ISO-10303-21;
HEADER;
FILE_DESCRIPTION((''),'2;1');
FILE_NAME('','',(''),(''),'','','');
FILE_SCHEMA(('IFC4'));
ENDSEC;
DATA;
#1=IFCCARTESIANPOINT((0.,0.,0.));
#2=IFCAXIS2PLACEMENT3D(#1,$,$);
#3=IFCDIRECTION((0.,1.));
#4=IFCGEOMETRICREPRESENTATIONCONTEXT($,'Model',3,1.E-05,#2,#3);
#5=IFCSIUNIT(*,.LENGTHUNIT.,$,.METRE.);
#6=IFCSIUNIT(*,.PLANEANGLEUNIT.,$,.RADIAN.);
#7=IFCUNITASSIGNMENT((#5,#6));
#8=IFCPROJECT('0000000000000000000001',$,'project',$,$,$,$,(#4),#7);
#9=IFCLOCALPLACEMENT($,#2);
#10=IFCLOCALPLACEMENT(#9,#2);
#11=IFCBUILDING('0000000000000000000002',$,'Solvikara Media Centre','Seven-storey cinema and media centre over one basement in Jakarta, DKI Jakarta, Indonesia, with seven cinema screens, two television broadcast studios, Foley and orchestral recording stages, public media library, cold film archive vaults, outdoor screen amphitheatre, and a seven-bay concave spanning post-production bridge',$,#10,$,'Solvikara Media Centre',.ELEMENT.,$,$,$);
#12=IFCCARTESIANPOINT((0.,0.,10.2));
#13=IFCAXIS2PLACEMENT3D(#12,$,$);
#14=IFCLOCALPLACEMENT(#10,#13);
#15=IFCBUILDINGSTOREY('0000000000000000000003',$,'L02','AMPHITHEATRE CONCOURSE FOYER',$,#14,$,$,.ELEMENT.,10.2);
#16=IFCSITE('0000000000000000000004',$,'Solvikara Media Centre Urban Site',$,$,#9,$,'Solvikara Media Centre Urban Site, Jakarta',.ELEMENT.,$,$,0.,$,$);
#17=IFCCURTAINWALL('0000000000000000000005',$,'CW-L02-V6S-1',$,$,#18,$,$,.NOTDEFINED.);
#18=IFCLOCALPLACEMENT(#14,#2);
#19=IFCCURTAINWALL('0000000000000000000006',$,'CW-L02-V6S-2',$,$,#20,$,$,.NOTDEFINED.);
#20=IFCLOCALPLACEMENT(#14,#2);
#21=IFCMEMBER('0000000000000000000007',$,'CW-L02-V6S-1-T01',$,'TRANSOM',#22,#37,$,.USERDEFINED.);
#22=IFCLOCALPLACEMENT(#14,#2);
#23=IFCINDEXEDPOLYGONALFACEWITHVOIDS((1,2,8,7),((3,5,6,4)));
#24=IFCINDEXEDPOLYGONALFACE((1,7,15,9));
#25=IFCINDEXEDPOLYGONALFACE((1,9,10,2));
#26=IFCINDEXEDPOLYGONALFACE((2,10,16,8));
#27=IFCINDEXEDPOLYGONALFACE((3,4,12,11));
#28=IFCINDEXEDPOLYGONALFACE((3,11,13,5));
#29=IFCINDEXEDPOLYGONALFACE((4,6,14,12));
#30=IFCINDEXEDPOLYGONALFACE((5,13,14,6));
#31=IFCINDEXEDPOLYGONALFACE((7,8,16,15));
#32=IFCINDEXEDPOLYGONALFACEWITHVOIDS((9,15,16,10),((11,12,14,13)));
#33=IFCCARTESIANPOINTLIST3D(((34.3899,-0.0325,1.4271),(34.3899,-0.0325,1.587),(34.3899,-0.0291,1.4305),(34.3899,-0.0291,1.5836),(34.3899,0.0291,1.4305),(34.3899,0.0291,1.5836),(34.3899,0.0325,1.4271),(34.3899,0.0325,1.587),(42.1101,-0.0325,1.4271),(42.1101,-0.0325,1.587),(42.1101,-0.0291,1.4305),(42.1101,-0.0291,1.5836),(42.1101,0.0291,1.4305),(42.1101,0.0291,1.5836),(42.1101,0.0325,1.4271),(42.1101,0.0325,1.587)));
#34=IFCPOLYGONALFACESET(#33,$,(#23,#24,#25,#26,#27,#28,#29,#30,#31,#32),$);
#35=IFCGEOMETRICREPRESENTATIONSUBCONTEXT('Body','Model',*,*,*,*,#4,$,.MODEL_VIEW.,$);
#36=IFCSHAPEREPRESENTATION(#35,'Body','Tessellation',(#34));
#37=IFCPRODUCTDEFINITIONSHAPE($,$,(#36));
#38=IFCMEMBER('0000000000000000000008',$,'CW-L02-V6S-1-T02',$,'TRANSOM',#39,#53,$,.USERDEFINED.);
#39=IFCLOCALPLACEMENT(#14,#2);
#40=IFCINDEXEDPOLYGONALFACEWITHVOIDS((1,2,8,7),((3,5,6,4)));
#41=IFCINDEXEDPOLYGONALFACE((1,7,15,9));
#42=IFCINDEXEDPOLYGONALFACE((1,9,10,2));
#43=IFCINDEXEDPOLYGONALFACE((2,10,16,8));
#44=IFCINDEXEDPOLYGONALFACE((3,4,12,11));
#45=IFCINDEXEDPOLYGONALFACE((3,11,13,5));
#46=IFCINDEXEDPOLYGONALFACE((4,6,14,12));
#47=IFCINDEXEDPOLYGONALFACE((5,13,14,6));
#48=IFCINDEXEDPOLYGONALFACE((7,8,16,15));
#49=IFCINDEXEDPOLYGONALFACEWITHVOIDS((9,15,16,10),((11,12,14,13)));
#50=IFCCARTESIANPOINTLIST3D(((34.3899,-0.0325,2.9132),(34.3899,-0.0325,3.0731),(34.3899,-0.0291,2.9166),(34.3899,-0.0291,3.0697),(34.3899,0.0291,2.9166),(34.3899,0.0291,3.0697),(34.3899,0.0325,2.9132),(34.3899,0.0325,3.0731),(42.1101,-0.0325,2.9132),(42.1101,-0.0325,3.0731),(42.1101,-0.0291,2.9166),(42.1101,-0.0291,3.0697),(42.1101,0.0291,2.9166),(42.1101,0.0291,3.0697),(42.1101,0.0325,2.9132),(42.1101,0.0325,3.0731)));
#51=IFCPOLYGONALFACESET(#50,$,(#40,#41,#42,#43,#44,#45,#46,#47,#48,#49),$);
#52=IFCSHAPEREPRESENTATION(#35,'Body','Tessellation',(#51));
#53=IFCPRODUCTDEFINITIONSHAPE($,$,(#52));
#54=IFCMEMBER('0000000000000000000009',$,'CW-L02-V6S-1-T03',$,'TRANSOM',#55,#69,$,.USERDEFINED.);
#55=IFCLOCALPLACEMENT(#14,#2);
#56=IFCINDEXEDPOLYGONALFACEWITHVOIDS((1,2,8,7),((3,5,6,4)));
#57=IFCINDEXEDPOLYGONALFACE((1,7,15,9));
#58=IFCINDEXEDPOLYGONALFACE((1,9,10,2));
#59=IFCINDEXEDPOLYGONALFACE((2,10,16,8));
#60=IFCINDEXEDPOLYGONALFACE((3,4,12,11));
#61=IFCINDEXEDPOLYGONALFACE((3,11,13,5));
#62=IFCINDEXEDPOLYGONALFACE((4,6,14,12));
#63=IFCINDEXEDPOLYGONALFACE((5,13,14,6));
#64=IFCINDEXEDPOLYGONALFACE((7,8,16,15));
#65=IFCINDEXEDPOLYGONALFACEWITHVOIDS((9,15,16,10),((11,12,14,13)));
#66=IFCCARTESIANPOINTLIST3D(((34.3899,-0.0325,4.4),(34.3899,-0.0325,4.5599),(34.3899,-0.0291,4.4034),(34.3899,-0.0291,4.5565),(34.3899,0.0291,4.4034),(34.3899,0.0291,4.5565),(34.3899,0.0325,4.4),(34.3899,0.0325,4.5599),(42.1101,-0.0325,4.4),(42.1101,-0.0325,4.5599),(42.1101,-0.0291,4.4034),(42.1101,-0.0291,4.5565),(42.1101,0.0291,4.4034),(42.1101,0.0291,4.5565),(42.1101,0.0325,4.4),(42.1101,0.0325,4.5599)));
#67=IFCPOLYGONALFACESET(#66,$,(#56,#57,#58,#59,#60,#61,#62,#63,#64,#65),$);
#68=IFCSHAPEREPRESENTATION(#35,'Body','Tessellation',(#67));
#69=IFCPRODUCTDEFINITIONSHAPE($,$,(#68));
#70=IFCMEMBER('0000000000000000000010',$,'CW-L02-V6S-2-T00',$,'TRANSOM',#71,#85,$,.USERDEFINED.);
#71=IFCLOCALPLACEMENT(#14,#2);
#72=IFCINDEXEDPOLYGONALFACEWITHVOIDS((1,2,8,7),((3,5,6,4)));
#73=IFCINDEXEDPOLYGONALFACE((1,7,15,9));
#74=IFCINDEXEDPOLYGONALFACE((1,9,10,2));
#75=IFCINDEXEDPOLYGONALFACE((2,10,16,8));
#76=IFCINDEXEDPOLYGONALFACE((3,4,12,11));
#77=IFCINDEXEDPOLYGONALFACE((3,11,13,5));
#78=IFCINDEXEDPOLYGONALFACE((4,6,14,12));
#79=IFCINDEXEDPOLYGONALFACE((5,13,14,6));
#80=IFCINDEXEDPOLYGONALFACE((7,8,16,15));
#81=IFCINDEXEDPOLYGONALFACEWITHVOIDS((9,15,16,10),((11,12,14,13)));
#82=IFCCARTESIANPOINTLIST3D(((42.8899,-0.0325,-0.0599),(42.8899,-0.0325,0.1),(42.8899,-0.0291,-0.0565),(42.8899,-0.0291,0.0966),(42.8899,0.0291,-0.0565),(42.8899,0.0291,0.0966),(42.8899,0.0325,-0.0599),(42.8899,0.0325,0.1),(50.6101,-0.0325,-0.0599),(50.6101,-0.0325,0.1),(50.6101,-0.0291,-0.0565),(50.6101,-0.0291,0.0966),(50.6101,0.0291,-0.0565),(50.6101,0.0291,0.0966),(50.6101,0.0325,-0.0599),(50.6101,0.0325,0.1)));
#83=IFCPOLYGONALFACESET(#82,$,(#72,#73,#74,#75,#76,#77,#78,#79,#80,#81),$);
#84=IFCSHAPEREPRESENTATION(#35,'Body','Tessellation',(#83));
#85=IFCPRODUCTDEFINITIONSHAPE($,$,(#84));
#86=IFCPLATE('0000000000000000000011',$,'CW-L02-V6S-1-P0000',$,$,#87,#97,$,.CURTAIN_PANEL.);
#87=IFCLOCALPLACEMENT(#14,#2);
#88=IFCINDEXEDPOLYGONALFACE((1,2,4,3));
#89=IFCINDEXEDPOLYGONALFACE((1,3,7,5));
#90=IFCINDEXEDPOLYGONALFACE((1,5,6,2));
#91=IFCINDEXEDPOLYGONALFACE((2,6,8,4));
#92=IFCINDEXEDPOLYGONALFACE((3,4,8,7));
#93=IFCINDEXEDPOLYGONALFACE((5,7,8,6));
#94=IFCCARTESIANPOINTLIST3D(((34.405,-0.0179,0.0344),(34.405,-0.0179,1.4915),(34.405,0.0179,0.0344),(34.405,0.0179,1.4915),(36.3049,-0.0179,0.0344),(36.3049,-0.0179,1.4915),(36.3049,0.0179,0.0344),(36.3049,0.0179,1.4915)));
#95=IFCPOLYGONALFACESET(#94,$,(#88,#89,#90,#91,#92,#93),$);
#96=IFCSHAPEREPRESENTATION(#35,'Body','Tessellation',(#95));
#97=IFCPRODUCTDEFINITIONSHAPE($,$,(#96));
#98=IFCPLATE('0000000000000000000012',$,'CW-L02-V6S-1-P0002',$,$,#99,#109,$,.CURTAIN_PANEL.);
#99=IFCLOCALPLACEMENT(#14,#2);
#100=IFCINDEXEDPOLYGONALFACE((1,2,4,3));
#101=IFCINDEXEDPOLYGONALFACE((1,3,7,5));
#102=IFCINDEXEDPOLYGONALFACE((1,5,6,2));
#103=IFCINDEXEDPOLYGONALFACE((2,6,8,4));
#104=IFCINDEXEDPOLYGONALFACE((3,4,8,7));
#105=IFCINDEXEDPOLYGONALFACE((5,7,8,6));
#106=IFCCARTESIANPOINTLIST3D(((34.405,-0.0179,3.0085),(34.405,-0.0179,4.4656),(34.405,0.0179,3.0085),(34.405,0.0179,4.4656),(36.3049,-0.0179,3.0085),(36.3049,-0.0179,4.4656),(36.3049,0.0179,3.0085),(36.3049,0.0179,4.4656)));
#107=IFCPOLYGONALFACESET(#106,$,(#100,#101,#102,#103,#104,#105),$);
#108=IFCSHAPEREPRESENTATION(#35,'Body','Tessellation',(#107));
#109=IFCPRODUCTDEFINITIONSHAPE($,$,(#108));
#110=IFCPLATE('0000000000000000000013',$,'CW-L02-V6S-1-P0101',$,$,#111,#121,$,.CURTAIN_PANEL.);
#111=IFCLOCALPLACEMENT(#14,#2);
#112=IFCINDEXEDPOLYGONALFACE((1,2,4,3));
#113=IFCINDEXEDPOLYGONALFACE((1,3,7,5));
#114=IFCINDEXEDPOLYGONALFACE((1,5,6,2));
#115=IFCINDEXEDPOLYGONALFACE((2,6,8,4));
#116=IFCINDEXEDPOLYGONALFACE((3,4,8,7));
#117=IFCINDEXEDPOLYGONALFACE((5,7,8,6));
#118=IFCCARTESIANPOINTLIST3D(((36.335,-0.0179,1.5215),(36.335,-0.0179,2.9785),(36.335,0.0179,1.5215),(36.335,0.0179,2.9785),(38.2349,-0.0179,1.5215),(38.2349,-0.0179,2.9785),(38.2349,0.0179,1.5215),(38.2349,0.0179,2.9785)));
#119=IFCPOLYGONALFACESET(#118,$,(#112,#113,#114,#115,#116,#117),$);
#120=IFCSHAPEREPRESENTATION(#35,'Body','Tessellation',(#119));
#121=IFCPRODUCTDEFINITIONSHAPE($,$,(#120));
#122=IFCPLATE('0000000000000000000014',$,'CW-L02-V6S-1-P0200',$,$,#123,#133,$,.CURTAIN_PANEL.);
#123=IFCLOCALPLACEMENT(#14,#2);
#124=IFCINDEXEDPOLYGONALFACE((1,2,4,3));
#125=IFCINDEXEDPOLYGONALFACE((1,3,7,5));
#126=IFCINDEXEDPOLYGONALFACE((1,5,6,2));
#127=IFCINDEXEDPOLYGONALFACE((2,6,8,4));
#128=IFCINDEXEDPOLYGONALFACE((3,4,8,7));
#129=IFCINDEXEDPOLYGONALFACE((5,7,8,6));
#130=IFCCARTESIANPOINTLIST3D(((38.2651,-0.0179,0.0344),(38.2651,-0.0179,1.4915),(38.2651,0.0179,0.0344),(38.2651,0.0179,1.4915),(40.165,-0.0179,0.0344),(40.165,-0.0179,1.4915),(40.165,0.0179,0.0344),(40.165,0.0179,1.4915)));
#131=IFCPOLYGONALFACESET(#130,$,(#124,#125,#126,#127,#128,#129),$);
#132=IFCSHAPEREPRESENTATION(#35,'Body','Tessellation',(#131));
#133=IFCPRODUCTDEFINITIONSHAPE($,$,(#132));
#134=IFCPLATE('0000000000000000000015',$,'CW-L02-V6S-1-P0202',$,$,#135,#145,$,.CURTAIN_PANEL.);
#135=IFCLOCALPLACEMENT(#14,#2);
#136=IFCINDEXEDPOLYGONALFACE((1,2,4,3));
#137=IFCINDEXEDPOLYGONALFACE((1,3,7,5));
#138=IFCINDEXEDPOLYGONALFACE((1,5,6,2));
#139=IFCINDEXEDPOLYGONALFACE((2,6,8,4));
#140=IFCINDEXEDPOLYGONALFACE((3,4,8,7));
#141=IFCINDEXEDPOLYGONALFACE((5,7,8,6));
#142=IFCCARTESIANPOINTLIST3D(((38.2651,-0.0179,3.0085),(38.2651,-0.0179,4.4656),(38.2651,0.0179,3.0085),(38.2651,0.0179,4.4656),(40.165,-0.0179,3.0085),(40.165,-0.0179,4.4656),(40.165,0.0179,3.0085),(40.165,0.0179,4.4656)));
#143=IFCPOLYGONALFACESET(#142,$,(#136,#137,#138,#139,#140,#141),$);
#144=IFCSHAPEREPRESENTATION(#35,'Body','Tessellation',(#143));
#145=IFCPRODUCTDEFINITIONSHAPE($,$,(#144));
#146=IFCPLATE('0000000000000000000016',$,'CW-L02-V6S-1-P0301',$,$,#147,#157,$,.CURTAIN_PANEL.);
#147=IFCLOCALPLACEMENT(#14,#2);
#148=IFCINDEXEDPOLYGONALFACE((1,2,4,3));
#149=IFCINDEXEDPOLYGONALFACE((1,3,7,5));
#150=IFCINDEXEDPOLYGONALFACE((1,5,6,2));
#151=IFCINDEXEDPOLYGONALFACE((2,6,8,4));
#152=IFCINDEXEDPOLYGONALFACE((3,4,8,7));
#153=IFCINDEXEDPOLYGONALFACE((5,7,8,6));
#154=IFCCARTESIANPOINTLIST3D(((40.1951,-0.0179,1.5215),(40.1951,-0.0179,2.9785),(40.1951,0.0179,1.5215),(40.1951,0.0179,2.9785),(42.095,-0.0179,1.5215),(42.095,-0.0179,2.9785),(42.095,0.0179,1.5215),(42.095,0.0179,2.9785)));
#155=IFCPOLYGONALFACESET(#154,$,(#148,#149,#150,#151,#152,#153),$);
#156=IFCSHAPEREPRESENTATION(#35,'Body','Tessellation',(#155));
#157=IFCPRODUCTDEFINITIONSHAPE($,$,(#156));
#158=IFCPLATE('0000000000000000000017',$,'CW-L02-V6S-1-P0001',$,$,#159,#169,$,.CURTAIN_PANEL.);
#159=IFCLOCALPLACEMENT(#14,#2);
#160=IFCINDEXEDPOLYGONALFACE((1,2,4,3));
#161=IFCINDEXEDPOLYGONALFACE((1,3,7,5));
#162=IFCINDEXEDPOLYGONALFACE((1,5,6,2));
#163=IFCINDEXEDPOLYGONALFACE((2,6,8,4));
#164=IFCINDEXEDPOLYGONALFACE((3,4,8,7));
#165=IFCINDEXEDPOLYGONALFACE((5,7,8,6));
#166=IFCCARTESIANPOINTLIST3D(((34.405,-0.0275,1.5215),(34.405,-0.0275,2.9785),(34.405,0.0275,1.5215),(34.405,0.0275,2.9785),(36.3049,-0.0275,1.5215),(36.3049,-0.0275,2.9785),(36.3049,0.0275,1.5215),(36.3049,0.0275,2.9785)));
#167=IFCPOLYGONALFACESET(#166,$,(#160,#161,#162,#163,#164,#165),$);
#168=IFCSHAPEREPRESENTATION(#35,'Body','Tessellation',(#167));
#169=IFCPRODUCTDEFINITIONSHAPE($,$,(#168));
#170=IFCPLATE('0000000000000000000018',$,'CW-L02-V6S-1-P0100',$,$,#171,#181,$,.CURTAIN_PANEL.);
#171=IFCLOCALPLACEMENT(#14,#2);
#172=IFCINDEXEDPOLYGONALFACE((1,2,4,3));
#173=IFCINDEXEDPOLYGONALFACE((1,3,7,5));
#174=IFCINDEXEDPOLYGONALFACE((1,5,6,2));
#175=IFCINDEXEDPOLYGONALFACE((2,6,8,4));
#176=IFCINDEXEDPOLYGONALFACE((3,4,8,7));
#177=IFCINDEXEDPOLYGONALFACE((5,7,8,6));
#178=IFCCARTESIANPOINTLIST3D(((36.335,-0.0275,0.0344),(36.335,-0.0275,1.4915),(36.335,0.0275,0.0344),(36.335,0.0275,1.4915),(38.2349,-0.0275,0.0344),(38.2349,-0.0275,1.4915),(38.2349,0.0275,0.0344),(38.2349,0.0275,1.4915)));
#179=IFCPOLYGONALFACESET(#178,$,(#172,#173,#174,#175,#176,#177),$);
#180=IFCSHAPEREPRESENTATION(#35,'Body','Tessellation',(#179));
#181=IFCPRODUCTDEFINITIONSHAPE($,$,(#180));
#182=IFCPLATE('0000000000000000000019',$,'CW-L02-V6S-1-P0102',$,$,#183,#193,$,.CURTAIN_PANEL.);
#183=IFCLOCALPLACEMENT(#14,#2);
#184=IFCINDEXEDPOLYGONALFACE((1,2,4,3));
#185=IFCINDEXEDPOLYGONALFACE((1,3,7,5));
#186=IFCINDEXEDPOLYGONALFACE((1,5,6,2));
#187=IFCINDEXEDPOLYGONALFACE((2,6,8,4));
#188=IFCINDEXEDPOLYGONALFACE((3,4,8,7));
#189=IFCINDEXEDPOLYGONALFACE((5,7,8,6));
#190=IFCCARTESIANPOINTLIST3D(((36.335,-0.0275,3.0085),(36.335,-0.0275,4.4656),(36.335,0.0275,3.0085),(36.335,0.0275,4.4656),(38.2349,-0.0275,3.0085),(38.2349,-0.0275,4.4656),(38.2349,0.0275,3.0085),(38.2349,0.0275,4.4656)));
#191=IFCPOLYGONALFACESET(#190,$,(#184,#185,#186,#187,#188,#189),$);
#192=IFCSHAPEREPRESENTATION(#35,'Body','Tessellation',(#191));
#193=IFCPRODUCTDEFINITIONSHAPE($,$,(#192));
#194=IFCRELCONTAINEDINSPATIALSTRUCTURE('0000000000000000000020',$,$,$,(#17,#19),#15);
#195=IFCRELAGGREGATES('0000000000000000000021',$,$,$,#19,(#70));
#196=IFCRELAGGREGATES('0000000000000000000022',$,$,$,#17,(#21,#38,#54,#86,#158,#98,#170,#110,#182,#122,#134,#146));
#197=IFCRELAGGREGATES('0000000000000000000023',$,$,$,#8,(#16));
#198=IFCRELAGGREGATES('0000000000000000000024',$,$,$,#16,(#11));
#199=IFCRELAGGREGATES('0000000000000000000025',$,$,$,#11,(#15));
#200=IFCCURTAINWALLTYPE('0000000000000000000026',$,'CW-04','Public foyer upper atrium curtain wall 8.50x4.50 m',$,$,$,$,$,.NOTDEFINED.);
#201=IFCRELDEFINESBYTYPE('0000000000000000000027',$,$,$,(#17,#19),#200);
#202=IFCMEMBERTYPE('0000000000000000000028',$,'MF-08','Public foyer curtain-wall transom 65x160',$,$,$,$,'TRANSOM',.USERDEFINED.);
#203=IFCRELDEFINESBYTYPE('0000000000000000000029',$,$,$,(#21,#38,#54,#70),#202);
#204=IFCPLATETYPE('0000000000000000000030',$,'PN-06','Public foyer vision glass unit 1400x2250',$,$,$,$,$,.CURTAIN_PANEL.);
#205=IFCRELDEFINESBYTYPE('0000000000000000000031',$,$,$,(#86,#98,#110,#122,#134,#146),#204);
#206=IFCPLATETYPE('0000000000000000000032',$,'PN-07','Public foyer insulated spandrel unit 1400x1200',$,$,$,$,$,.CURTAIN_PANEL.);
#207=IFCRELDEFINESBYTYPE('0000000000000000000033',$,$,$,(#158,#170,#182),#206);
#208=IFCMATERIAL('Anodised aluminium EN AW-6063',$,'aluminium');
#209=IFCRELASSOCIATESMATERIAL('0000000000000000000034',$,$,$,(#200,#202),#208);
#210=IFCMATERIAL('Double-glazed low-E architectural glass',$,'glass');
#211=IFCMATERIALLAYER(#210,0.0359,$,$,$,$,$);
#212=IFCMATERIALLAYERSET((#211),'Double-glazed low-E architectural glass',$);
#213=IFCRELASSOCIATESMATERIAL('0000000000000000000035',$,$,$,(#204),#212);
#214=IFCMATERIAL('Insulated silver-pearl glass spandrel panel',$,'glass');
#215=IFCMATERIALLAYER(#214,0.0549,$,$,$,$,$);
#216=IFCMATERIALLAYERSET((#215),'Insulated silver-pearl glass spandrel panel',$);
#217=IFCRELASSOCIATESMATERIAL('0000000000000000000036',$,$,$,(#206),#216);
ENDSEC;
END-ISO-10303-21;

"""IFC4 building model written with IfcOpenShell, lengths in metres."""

from ifc_helpers import new_model, si_unit, direction, frame, origin, origin_2d, place, context, subcontext, project, spatial, rectangle, hollow_rectangle, extrude, material, layer, layer_set, material_profile, profile_set, type_object, element, aggregate, save


model = new_model("IFC4")

# Units and contexts
model_context = context("Model", 3, precision=1e-05, world=origin(), true_north=direction((0.0, 1.0)))
body_context = subcontext(model_context, "Body", "Model", "MODEL_VIEW")
ifc_project = project(units=[si_unit("LENGTHUNIT", "METRE"), si_unit("PLANEANGLEUNIT", "RADIAN")], contexts=[model_context])

# Site, building, storey
site_placement = place(None, origin())
site = spatial("IfcSite", under=ifc_project, at=site_placement, Name="Solvikara Media Centre Urban Site", LongName="Solvikara Media Centre Urban Site, Jakarta", CompositionType="ELEMENT", RefElevation=0.0)
building_placement = place(site_placement, origin())
building = spatial("IfcBuilding", under=site, at=building_placement, Name="Solvikara Media Centre", Description="Seven-storey cinema and media centre over one basement in Jakarta, DKI Jakarta, Indonesia, with seven cinema screens, two television broadcast studios, Foley and orchestral recording stages, public media library, cold film archive vaults, outdoor screen amphitheatre, and a seven-bay concave spanning post-production bridge", LongName="Solvikara Media Centre", CompositionType="ELEMENT")
storey_placement = place(building_placement, frame((0.0, 0.0, 10.2)))
storey = spatial("IfcBuildingStorey", under=building, at=storey_placement, Name="L02", Description="AMPHITHEATRE CONCOURSE FOYER", CompositionType="ELEMENT", Elevation=10.2)

# Curtain wall
ifc_material_1 = material(Name="Anodised aluminium EN AW-6063", Category="aluminium")
curtain_wall_type = type_object("IfcCurtainWallType", Name="CW-04", Description="Public foyer upper atrium curtain wall 8.50x4.50 m", PredefinedType="NOTDEFINED", material=ifc_material_1)
curtain_wall_1_placement = place(storey_placement, origin())
curtain_wall_1 = element("IfcCurtainWall", 1, at=curtain_wall_1_placement, inside=storey, type_object=curtain_wall_type, Name="CW-L02-V6S-1", PredefinedType="NOTDEFINED")

# Curtain wall
curtain_wall_2_placement = place(storey_placement, origin())
curtain_wall_2 = element("IfcCurtainWall", 2, at=curtain_wall_2_placement, inside=storey, type_object=curtain_wall_type, Name="CW-L02-V6S-2", PredefinedType="NOTDEFINED")

# Members
ifc_material_profile_1 = material_profile(ifc_material_1, hollow_rectangle(XDim=0.0649, YDim=0.1599, WallThickness=0.0034, at=origin_2d()), Name="ALU-T 65x160x3.5")
ifc_profile_set_1 = profile_set([ifc_material_profile_1], Name="Anodised aluminium EN AW-6063")
member_type_1 = type_object("IfcMemberType", Name="MF-08", Description="Public foyer curtain-wall transom 65x160", ElementType="TRANSOM", PredefinedType="USERDEFINED", material=ifc_profile_set_1)
member_1_placement = place(storey_placement, frame((34.3899, 0.0, 1.5071), z_axis=(1.0, 0.0, 0.0), x_axis=(0.0, 1.0, 0.0)))
member_1 = element("IfcMember", 3, at=member_1_placement, type_object=member_type_1, Name="CW-L02-V6S-1-T01", ObjectType="TRANSOM", PredefinedType="USERDEFINED", context=body_context, shape_type="SweptSolid", body=[
    extrude(hollow_rectangle(XDim=0.0649, YDim=0.1599, WallThickness=0.0034, at=origin_2d()), origin(), (0.0, 0.0, 1.0), 7.7202),
])
member_2_placement = place(storey_placement, frame((34.3899, 0.0, 2.9932), z_axis=(1.0, 0.0, 0.0), x_axis=(0.0, 1.0, 0.0)))
member_2 = element("IfcMember", 4, at=member_2_placement, type_object=member_type_1, Name="CW-L02-V6S-1-T02", ObjectType="TRANSOM", PredefinedType="USERDEFINED", context=body_context, shape_type="SweptSolid", body=[
    extrude(hollow_rectangle(XDim=0.0649, YDim=0.1599, WallThickness=0.0034, at=origin_2d()), origin(), (0.0, 0.0, 1.0), 7.7202),
])
member_3_placement = place(storey_placement, frame((34.3899, 0.0, 4.48), z_axis=(1.0, 0.0, 0.0), x_axis=(0.0, 1.0, 0.0)))
member_3 = element("IfcMember", 5, at=member_3_placement, type_object=member_type_1, Name="CW-L02-V6S-1-T03", ObjectType="TRANSOM", PredefinedType="USERDEFINED", context=body_context, shape_type="SweptSolid", body=[
    extrude(hollow_rectangle(XDim=0.0649, YDim=0.1599, WallThickness=0.0034, at=origin_2d()), origin(), (0.0, 0.0, 1.0), 7.7202),
])
member_4_placement = place(storey_placement, frame((42.8899, 0.0, 0.02), z_axis=(1.0, 0.0, 0.0), x_axis=(0.0, 1.0, 0.0)))
member_4 = element("IfcMember", 6, at=member_4_placement, type_object=member_type_1, Name="CW-L02-V6S-2-T00", ObjectType="TRANSOM", PredefinedType="USERDEFINED", context=body_context, shape_type="SweptSolid", body=[
    extrude(hollow_rectangle(XDim=0.0649, YDim=0.1599, WallThickness=0.0034, at=origin_2d()), origin(), (0.0, 0.0, 1.0), 7.7202),
])
aggregate(curtain_wall_2, [member_4])

# Plates
ifc_material_2 = material(Name="Double-glazed low-E architectural glass", Category="glass")
ifc_layer_1 = layer(ifc_material_2, 0.0359)
ifc_layer_set_1 = layer_set([ifc_layer_1], Name="Double-glazed low-E architectural glass")
plate_type_1 = type_object("IfcPlateType", Name="PN-06", Description="Public foyer vision glass unit 1400x2250", PredefinedType="CURTAIN_PANEL", material=ifc_layer_set_1)
plate_1_placement = place(storey_placement, frame((35.355, 0.0, 0.0344), z_axis=(0.0, 0.0, 1.0), x_axis=(1.0, 0.0, 0.0)))
plate_1 = element("IfcPlate", 7, at=plate_1_placement, type_object=plate_type_1, Name="CW-L02-V6S-1-P0000", PredefinedType="CURTAIN_PANEL", context=body_context, shape_type="SweptSolid", body=[
    extrude(rectangle(XDim=1.8999, YDim=0.0359, at=origin_2d()), origin(), (0.0, 0.0, 1.0), 1.457),
])
plate_2_placement = place(storey_placement, frame((35.355, 0.0, 3.0085), z_axis=(0.0, 0.0, 1.0), x_axis=(1.0, 0.0, 0.0)))
plate_2 = element("IfcPlate", 8, at=plate_2_placement, type_object=plate_type_1, Name="CW-L02-V6S-1-P0002", PredefinedType="CURTAIN_PANEL", context=body_context, shape_type="SweptSolid", body=[
    extrude(rectangle(XDim=1.8999, YDim=0.0359, at=origin_2d()), origin(), (0.0, 0.0, 1.0), 1.457),
])
plate_3_placement = place(storey_placement, frame((37.2849, 0.0, 1.5215), z_axis=(0.0, 0.0, 1.0), x_axis=(1.0, 0.0, 0.0)))
plate_3 = element("IfcPlate", 9, at=plate_3_placement, type_object=plate_type_1, Name="CW-L02-V6S-1-P0101", PredefinedType="CURTAIN_PANEL", context=body_context, shape_type="SweptSolid", body=[
    extrude(rectangle(XDim=1.8999, YDim=0.0359, at=origin_2d()), origin(), (0.0, 0.0, 1.0), 1.457),
])
plate_4_placement = place(storey_placement, frame((39.2151, 0.0, 0.0344), z_axis=(0.0, 0.0, 1.0), x_axis=(1.0, 0.0, 0.0)))
plate_4 = element("IfcPlate", 10, at=plate_4_placement, type_object=plate_type_1, Name="CW-L02-V6S-1-P0200", PredefinedType="CURTAIN_PANEL", context=body_context, shape_type="SweptSolid", body=[
    extrude(rectangle(XDim=1.8999, YDim=0.0359, at=origin_2d()), origin(), (0.0, 0.0, 1.0), 1.457),
])
plate_5_placement = place(storey_placement, frame((39.2151, 0.0, 3.0085), z_axis=(0.0, 0.0, 1.0), x_axis=(1.0, 0.0, 0.0)))
plate_5 = element("IfcPlate", 11, at=plate_5_placement, type_object=plate_type_1, Name="CW-L02-V6S-1-P0202", PredefinedType="CURTAIN_PANEL", context=body_context, shape_type="SweptSolid", body=[
    extrude(rectangle(XDim=1.8999, YDim=0.0359, at=origin_2d()), origin(), (0.0, 0.0, 1.0), 1.457),
])
plate_6_placement = place(storey_placement, frame((41.145, 0.0, 1.5215), z_axis=(0.0, 0.0, 1.0), x_axis=(1.0, 0.0, 0.0)))
plate_6 = element("IfcPlate", 12, at=plate_6_placement, type_object=plate_type_1, Name="CW-L02-V6S-1-P0301", PredefinedType="CURTAIN_PANEL", context=body_context, shape_type="SweptSolid", body=[
    extrude(rectangle(XDim=1.8999, YDim=0.0359, at=origin_2d()), origin(), (0.0, 0.0, 1.0), 1.457),
])
ifc_material_3 = material(Name="Insulated silver-pearl glass spandrel panel", Category="glass")
ifc_layer_2 = layer(ifc_material_3, 0.0549)
ifc_layer_set_2 = layer_set([ifc_layer_2], Name="Insulated silver-pearl glass spandrel panel")
plate_type_2 = type_object("IfcPlateType", Name="PN-07", Description="Public foyer insulated spandrel unit 1400x1200", PredefinedType="CURTAIN_PANEL", material=ifc_layer_set_2)
plate_7_placement = place(storey_placement, frame((35.355, 0.0, 1.5215), z_axis=(0.0, 0.0, 1.0), x_axis=(1.0, 0.0, 0.0)))
plate_7 = element("IfcPlate", 13, at=plate_7_placement, type_object=plate_type_2, Name="CW-L02-V6S-1-P0001", PredefinedType="CURTAIN_PANEL", context=body_context, shape_type="SweptSolid", body=[
    extrude(rectangle(XDim=1.8999, YDim=0.0549, at=origin_2d()), origin(), (0.0, 0.0, 1.0), 1.457),
])
plate_8_placement = place(storey_placement, frame((37.2849, 0.0, 0.0344), z_axis=(0.0, 0.0, 1.0), x_axis=(1.0, 0.0, 0.0)))
plate_8 = element("IfcPlate", 14, at=plate_8_placement, type_object=plate_type_2, Name="CW-L02-V6S-1-P0100", PredefinedType="CURTAIN_PANEL", context=body_context, shape_type="SweptSolid", body=[
    extrude(rectangle(XDim=1.8999, YDim=0.0549, at=origin_2d()), origin(), (0.0, 0.0, 1.0), 1.457),
])
plate_9_placement = place(storey_placement, frame((37.2849, 0.0, 3.0085), z_axis=(0.0, 0.0, 1.0), x_axis=(1.0, 0.0, 0.0)))
plate_9 = element("IfcPlate", 15, at=plate_9_placement, type_object=plate_type_2, Name="CW-L02-V6S-1-P0102", PredefinedType="CURTAIN_PANEL", context=body_context, shape_type="SweptSolid", body=[
    extrude(rectangle(XDim=1.8999, YDim=0.0549, at=origin_2d()), origin(), (0.0, 0.0, 1.0), 1.457),
])
aggregate(curtain_wall_1, [member_1, member_2, member_3, plate_1, plate_7, plate_2, plate_8, plate_3, plate_9, plate_4, plate_5, plate_6])

save(model, "model.ifc")
